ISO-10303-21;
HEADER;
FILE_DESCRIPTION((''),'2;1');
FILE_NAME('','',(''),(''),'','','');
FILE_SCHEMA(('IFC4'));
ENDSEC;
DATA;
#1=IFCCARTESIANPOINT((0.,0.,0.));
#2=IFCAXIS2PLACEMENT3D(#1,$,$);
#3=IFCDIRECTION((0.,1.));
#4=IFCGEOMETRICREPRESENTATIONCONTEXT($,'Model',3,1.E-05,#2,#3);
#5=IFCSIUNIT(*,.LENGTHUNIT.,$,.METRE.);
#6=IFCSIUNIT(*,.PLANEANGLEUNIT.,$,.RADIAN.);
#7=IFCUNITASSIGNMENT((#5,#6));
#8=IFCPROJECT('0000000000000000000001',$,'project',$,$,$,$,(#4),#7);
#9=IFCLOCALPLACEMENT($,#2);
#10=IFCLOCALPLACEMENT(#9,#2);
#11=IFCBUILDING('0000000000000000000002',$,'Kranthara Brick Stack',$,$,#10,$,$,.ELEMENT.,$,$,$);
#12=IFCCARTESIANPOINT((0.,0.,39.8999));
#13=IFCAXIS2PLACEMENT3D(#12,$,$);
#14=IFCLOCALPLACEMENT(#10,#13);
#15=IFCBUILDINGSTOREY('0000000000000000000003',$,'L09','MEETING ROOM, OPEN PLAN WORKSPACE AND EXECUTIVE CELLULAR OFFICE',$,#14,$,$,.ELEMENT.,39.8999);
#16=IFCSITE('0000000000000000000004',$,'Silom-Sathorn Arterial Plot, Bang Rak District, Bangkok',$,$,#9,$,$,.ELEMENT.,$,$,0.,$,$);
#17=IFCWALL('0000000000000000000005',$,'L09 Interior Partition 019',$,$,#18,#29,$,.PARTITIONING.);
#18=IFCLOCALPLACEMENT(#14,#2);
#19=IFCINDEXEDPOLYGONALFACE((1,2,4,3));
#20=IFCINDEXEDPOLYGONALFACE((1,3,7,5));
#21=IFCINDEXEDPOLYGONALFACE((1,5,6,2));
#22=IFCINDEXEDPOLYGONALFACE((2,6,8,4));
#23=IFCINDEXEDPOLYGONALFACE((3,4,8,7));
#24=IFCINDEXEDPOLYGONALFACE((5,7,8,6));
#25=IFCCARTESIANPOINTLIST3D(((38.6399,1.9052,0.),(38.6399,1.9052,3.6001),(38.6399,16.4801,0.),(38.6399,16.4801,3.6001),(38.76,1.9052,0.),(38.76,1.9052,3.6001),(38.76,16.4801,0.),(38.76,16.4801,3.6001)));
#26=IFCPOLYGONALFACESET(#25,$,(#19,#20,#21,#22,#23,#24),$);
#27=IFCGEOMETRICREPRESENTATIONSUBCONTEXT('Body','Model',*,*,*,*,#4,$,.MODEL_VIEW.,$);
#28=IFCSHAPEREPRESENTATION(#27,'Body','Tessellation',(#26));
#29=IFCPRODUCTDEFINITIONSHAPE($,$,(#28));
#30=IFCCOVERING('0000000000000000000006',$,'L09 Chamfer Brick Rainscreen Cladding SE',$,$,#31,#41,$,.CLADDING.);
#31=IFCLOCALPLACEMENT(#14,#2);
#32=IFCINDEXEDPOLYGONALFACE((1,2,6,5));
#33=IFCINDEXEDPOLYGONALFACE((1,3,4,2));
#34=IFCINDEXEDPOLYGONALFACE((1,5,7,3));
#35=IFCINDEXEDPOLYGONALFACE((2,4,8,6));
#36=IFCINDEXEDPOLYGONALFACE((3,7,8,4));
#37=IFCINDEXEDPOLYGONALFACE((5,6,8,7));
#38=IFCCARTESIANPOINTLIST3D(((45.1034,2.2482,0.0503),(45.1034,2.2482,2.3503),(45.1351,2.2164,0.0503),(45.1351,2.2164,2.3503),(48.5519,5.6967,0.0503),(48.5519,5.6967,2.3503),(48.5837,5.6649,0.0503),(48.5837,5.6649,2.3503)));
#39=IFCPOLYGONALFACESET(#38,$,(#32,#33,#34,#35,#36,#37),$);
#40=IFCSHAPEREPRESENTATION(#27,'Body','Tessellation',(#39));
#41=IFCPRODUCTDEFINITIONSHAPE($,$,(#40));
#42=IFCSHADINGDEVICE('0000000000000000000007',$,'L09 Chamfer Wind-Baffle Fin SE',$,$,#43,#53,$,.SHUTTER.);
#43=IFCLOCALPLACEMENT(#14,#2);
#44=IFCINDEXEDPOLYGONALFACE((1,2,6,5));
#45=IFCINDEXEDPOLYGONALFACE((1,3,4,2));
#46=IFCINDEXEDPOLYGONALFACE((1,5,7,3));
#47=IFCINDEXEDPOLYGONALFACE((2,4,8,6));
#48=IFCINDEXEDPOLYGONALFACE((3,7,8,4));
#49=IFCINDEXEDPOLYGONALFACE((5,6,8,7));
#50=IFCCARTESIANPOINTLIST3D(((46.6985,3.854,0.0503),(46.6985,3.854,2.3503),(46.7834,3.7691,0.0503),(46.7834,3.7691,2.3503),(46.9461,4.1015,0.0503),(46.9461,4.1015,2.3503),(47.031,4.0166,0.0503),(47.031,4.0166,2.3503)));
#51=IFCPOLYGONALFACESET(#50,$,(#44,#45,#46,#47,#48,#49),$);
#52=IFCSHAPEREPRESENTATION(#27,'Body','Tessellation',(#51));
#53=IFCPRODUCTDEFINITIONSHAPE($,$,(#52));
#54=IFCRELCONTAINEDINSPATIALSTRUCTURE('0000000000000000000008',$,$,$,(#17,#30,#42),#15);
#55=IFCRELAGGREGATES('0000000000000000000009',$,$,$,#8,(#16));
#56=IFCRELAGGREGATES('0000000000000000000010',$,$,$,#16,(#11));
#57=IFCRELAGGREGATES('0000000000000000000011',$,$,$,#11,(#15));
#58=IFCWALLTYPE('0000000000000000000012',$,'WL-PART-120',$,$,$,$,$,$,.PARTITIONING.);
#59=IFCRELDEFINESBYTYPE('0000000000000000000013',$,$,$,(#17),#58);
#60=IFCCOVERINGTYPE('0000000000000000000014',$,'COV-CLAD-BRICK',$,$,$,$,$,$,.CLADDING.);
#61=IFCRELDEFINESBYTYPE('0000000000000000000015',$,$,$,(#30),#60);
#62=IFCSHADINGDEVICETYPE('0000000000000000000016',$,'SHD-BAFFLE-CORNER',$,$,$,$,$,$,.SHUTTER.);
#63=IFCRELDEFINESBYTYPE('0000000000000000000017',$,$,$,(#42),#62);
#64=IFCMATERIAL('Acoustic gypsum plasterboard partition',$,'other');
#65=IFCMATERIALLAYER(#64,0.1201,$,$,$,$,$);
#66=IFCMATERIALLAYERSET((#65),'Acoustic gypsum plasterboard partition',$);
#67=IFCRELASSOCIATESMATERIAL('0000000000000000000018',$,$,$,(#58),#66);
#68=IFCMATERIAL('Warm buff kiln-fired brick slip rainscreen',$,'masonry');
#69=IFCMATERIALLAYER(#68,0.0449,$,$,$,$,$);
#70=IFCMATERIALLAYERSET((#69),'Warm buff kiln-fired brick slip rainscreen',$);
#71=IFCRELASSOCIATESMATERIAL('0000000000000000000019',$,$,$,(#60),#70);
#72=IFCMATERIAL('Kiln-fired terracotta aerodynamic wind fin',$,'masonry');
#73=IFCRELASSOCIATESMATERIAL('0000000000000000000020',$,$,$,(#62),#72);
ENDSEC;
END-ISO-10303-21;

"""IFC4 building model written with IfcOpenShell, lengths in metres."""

from ifc_helpers import new_model, si_unit, direction, frame, frame_2d, origin, origin_2d, place, context, subcontext, project, spatial, rectangle, extrude, material, layer, layer_set, type_object, element, save


model = new_model("IFC4")

# Units and contexts
model_context = context("Model", 3, precision=1e-05, world=origin(), true_north=direction((0.0, 1.0)))
body_context = subcontext(model_context, "Body", "Model", "MODEL_VIEW")
ifc_project = project(units=[si_unit("LENGTHUNIT", "METRE"), si_unit("PLANEANGLEUNIT", "RADIAN")], contexts=[model_context])

# Site, building, storey
site_placement = place(None, origin())
site = spatial("IfcSite", under=ifc_project, at=site_placement, Name="Silom-Sathorn Arterial Plot, Bang Rak District, Bangkok", CompositionType="ELEMENT", RefElevation=0.0)
building_placement = place(site_placement, origin())
building = spatial("IfcBuilding", under=site, at=building_placement, Name="Kranthara Brick Stack", CompositionType="ELEMENT")
storey_placement = place(building_placement, frame((0.0, 0.0, 39.8999)))
storey = spatial("IfcBuildingStorey", under=building, at=storey_placement, Name="L09", Description="MEETING ROOM, OPEN PLAN WORKSPACE AND EXECUTIVE CELLULAR OFFICE", CompositionType="ELEMENT", Elevation=39.8999)

# Wall
ifc_material_1 = material(Name="Acoustic gypsum plasterboard partition", Category="other")
ifc_layer_1 = layer(ifc_material_1, 0.1201)
ifc_layer_set_1 = layer_set([ifc_layer_1], Name="Acoustic gypsum plasterboard partition")
wall_type_1 = type_object("IfcWallType", Name="WL-PART-120", PredefinedType="PARTITIONING", material=ifc_layer_set_1)
wall_1_placement = place(storey_placement, frame((38.7, 1.905, 0.0), z_axis=(0.0, 0.0, 1.0), x_axis=(0.0, 1.0, 0.0)))
element("IfcWall", 1, at=wall_1_placement, inside=storey, type_object=wall_type_1, Name="L09 Interior Partition 019", PredefinedType="PARTITIONING", context=body_context, shape_type="SweptSolid", body=[
    extrude(rectangle(XDim=14.575, YDim=0.1201, at=frame_2d((7.2876, 0.0))), origin(), (0.0, 0.0, 1.0), 3.6001),
])

# Covering
ifc_material_2 = material(Name="Warm buff kiln-fired brick slip rainscreen", Category="masonry")
ifc_layer_2 = layer(ifc_material_2, 0.0449)
ifc_layer_set_2 = layer_set([ifc_layer_2], Name="Warm buff kiln-fired brick slip rainscreen")
covering_type = type_object("IfcCoveringType", Name="COV-CLAD-BRICK", PredefinedType="CLADDING", material=ifc_layer_set_2)
covering_placement = place(storey_placement, frame((46.8435, 3.9565, 0.0503), z_axis=(0.0, 0.0, 1.0), x_axis=(-0.707107, -0.707107, 0.0)))
element("IfcCovering", 2, at=covering_placement, inside=storey, type_object=covering_type, Name="L09 Chamfer Brick Rainscreen Cladding SE", PredefinedType="CLADDING", context=body_context, shape_type="SweptSolid", body=[
    extrude(rectangle(XDim=4.877, YDim=0.0449, at=origin_2d()), origin(), (0.0, 0.0, 1.0), 2.3),
])

# Shading device
ifc_material_3 = material(Name="Kiln-fired terracotta aerodynamic wind fin", Category="masonry")
shading_device_type = type_object("IfcShadingDeviceType", Name="SHD-BAFFLE-CORNER", PredefinedType="SHUTTER", material=ifc_material_3)
shading_device_placement = place(storey_placement, frame((46.8647, 3.9353, 0.0503), z_axis=(0.0, 0.0, 1.0), x_axis=(-0.707107, -0.707107, 0.0)))
element("IfcShadingDevice", 3, at=shading_device_placement, inside=storey, type_object=shading_device_type, Name="L09 Chamfer Wind-Baffle Fin SE", PredefinedType="SHUTTER", context=body_context, shape_type="SweptSolid", body=[
    extrude(rectangle(XDim=0.3501, YDim=0.1201, at=origin_2d()), origin(), (0.0, 0.0, 1.0), 2.3),
])

save(model, "model.ifc")
